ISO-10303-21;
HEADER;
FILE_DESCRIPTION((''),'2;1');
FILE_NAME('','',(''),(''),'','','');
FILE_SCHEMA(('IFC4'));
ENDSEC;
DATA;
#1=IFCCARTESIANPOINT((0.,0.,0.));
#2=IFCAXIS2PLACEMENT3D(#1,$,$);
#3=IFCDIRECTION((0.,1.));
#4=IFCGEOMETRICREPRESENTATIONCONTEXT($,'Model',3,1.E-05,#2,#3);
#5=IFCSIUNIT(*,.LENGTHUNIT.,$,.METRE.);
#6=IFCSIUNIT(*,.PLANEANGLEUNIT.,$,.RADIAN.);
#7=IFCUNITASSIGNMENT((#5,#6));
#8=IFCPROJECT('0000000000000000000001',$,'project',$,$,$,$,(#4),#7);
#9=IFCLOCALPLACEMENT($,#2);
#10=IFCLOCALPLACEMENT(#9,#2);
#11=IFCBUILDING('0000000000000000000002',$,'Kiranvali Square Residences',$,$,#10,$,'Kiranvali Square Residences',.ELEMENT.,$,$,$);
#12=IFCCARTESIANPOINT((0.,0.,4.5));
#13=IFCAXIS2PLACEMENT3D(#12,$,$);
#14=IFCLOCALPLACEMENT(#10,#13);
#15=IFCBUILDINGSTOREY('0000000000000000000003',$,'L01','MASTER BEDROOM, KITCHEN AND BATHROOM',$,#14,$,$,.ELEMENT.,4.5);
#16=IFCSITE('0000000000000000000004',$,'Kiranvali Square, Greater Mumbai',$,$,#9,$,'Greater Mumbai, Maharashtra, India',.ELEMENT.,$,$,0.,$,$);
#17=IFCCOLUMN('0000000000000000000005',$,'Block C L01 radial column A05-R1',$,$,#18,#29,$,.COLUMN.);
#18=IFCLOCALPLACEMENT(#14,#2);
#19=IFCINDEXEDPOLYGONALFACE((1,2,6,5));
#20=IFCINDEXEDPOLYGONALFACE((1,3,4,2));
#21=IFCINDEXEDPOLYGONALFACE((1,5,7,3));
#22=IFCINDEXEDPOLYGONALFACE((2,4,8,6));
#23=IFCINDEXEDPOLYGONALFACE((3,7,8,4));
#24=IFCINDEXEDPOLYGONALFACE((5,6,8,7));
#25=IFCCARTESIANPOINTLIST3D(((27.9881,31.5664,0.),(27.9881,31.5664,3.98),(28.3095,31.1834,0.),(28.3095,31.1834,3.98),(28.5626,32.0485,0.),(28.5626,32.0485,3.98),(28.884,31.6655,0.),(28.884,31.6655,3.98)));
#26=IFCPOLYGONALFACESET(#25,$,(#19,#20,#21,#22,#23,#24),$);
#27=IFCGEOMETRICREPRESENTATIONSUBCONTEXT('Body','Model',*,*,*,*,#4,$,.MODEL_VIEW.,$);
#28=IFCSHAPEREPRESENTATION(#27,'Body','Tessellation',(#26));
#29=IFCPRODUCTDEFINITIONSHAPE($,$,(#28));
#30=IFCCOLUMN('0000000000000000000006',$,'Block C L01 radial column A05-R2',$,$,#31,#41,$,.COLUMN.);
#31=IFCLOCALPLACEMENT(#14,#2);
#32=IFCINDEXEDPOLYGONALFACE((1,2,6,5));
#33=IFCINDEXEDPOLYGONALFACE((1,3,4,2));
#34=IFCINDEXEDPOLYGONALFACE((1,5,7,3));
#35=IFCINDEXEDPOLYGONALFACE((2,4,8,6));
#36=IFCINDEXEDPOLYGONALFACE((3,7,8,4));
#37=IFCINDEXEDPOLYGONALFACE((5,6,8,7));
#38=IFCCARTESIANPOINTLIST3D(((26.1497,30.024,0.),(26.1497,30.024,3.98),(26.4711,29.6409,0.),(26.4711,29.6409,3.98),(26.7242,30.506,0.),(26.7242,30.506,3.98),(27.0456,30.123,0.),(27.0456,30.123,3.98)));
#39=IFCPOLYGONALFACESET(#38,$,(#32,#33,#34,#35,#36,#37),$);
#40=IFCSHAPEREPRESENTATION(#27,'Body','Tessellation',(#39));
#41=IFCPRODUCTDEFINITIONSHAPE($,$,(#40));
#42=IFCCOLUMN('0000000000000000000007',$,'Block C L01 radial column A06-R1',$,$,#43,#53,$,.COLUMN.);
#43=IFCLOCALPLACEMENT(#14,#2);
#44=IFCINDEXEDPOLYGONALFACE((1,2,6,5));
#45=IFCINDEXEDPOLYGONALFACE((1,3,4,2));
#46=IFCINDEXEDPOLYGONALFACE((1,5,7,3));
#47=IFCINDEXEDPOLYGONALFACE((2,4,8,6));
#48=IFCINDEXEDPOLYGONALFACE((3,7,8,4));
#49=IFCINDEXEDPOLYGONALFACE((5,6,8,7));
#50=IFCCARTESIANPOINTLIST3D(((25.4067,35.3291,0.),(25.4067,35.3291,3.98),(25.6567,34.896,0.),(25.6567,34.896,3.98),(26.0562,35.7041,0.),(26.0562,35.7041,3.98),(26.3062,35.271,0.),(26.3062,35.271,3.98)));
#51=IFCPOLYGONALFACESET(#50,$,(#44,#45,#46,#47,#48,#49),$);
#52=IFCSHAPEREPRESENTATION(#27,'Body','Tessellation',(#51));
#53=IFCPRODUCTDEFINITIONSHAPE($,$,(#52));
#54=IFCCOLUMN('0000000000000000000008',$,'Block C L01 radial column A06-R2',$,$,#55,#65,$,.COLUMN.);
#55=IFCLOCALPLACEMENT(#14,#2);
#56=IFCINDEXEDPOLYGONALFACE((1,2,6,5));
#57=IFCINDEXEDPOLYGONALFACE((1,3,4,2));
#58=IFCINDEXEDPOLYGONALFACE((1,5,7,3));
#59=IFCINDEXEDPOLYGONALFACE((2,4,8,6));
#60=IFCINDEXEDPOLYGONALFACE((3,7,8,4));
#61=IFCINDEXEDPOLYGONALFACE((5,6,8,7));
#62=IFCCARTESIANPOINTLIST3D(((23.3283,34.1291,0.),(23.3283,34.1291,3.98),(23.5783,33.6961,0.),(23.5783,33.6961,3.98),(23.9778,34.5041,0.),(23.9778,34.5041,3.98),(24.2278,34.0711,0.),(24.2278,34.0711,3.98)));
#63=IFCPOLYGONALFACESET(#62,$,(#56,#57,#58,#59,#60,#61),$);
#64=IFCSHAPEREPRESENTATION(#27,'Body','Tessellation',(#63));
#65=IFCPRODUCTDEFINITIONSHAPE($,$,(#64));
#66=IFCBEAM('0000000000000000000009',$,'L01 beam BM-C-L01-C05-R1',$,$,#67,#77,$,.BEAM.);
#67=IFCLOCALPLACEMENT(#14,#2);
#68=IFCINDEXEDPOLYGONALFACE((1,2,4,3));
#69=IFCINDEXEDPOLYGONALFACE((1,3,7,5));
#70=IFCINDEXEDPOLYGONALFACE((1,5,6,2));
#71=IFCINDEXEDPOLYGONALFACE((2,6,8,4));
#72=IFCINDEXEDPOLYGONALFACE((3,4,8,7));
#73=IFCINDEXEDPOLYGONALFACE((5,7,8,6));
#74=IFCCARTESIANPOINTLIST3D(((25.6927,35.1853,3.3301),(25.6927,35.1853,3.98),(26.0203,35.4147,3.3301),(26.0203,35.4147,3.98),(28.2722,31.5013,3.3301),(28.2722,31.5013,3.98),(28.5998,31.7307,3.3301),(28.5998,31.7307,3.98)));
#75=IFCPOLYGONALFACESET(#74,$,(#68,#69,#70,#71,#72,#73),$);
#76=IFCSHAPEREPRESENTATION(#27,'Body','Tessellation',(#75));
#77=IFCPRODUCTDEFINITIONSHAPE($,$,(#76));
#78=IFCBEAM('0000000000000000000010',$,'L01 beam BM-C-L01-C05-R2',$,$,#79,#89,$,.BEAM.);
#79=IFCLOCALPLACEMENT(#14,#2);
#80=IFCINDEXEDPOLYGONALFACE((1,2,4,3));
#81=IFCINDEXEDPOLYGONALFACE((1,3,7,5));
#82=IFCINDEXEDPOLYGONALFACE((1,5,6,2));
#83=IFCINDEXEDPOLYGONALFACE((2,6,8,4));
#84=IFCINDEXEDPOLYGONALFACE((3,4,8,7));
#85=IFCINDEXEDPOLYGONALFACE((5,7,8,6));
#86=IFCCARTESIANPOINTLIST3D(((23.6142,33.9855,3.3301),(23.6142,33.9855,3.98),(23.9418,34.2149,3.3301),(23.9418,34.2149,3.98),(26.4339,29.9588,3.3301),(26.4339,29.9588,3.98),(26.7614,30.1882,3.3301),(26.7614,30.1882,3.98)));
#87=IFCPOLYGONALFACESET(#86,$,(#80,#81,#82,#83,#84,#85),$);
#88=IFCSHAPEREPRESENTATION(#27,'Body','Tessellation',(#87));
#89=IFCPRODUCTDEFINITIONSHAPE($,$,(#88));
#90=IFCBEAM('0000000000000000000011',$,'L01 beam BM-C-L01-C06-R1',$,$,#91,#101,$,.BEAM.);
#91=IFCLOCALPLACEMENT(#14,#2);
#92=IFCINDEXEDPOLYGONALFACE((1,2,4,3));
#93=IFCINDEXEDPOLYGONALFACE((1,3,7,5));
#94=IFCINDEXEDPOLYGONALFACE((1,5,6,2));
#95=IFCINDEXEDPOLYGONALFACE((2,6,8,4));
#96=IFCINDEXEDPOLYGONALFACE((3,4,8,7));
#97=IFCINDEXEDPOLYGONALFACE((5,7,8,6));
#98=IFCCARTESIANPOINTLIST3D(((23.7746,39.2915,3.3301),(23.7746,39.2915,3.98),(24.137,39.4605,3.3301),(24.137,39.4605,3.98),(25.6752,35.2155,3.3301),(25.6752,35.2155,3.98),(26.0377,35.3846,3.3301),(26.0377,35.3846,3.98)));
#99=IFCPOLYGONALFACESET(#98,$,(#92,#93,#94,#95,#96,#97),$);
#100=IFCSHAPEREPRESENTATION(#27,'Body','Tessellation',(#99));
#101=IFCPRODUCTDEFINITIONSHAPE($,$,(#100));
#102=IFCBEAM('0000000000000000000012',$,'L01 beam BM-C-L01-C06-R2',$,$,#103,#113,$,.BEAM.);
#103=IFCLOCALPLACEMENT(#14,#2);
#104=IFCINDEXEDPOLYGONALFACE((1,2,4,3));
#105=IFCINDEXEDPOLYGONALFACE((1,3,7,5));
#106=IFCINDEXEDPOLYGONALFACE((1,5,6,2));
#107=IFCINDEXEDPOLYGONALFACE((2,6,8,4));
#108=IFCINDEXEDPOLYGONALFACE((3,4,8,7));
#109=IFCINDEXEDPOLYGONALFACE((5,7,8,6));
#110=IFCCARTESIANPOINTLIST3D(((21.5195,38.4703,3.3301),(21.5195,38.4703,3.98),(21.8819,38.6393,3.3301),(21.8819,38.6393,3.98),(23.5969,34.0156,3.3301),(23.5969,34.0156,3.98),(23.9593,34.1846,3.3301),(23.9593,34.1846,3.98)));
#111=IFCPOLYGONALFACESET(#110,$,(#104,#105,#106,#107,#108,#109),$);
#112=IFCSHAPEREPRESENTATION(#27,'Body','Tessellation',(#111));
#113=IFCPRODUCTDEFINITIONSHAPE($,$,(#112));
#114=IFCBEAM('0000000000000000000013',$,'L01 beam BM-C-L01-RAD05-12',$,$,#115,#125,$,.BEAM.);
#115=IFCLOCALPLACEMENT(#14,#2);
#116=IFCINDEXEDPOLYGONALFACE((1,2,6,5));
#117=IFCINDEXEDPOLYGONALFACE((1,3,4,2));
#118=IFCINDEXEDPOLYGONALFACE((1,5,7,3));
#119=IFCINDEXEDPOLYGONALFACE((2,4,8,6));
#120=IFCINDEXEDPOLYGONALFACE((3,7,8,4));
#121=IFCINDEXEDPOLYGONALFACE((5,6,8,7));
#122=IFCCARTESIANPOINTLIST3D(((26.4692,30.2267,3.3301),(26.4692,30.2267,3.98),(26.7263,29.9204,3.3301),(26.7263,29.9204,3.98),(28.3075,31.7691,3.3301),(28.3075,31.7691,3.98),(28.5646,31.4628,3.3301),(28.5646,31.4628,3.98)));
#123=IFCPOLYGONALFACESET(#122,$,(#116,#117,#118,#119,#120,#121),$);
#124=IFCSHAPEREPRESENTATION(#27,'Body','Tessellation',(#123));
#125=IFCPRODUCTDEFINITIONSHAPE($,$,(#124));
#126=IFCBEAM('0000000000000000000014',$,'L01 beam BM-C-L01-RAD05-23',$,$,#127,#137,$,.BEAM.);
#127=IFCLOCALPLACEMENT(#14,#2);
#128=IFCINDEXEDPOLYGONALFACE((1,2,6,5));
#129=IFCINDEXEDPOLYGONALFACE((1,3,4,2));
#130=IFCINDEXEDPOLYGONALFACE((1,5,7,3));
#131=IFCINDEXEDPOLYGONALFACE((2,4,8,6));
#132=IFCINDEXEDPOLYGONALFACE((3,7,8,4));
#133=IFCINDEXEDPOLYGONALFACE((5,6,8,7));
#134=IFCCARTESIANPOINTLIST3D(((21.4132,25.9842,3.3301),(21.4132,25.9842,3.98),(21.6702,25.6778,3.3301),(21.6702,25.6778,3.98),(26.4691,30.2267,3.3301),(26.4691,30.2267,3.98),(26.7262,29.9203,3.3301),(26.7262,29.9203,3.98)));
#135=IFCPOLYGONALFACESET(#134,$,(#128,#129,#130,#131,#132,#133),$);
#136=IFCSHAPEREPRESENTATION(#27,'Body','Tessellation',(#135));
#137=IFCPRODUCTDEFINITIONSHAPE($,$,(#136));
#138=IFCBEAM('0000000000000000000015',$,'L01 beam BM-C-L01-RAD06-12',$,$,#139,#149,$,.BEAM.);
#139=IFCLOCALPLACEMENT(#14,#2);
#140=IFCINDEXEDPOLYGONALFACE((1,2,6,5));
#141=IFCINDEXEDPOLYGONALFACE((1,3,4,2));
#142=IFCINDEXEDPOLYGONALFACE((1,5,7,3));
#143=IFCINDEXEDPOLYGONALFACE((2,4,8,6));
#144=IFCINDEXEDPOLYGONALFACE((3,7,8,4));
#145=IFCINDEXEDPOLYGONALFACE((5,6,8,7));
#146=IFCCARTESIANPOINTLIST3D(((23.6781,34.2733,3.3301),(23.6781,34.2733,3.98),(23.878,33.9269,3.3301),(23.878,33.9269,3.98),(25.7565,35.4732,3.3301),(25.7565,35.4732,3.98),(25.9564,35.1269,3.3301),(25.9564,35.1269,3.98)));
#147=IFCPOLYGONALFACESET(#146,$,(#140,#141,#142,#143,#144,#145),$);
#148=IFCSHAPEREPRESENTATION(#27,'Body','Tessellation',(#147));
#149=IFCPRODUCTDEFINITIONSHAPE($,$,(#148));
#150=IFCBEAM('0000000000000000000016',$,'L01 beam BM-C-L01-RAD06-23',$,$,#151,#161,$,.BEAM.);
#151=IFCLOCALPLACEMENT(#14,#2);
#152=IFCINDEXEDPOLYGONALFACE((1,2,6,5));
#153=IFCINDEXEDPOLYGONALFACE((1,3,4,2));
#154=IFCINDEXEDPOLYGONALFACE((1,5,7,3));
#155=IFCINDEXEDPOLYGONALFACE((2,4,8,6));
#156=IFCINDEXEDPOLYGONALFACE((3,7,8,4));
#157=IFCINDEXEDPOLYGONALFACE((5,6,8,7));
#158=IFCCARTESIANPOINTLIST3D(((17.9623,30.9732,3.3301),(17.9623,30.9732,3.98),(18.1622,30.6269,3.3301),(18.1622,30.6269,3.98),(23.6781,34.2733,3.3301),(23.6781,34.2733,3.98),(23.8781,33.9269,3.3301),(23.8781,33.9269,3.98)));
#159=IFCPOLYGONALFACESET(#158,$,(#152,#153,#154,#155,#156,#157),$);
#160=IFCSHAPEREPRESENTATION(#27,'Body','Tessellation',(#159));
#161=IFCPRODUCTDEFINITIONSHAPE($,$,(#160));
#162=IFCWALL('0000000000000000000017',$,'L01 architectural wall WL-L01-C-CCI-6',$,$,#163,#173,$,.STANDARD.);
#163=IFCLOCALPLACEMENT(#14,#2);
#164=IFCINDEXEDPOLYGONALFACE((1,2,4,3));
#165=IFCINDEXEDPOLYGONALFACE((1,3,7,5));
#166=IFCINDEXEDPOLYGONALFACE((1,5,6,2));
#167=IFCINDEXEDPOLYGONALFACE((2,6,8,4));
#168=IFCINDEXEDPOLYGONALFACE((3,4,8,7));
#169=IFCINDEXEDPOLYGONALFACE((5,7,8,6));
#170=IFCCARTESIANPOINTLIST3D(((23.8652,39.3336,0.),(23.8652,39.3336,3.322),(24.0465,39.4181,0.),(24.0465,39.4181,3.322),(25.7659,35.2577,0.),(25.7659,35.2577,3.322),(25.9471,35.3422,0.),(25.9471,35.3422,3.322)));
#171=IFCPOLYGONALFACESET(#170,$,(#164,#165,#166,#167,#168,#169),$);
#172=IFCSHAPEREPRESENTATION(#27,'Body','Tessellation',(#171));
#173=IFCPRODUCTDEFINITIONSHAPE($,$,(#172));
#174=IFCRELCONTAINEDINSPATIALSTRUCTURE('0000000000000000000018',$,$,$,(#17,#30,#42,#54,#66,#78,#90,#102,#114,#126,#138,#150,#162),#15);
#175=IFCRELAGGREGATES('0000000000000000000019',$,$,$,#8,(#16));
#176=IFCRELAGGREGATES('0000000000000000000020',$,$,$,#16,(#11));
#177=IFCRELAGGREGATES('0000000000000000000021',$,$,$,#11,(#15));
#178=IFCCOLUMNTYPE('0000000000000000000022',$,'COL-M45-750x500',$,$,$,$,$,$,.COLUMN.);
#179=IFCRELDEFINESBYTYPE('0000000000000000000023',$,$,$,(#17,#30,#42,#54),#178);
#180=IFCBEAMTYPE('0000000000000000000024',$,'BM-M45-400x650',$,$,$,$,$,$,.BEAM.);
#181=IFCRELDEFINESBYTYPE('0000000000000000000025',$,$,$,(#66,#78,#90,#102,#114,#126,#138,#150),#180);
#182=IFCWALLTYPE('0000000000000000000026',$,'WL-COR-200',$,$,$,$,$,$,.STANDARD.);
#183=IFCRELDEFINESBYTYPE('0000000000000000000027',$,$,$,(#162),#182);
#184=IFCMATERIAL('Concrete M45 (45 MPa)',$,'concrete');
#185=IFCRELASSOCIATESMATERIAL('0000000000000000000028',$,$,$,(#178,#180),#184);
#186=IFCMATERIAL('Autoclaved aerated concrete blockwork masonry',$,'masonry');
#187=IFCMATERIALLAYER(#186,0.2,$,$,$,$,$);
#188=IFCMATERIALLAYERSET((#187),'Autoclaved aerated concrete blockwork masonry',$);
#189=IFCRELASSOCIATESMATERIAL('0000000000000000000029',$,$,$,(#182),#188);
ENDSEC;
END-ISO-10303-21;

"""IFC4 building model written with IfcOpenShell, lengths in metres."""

from ifc_helpers import new_model, si_unit, direction, frame, frame_2d, origin, origin_2d, place, context, subcontext, project, spatial, rectangle, extrude, material, layer, layer_set, material_profile, profile_set, type_object, element, save


model = new_model("IFC4")

# Units and contexts
model_context = context("Model", 3, precision=1e-05, world=origin(), true_north=direction((0.0, 1.0)))
body_context = subcontext(model_context, "Body", "Model", "MODEL_VIEW")
ifc_project = project(units=[si_unit("LENGTHUNIT", "METRE"), si_unit("PLANEANGLEUNIT", "RADIAN")], contexts=[model_context])

# Site, building, storey
site_placement = place(None, origin())
site = spatial("IfcSite", under=ifc_project, at=site_placement, Name="Kiranvali Square, Greater Mumbai", LongName="Greater Mumbai, Maharashtra, India", CompositionType="ELEMENT", RefElevation=0.0)
building_placement = place(site_placement, origin())
building = spatial("IfcBuilding", under=site, at=building_placement, Name="Kiranvali Square Residences", LongName="Kiranvali Square Residences", CompositionType="ELEMENT")
storey_placement = place(building_placement, frame((0.0, 0.0, 4.5)))
storey = spatial("IfcBuildingStorey", under=building, at=storey_placement, Name="L01", Description="MASTER BEDROOM, KITCHEN AND BATHROOM", CompositionType="ELEMENT", Elevation=4.5)

# Columns
ifc_material_1 = material(Name="Concrete M45 (45 MPa)", Category="concrete")
ifc_material_profile_1 = material_profile(ifc_material_1, rectangle(XDim=0.5, YDim=0.75, at=origin_2d()), Name="RC 750x500")
ifc_profile_set_1 = profile_set([ifc_material_profile_1], Name="Concrete M45 (45 MPa)")
column_type = type_object("IfcColumnType", Name="COL-M45-750x500", PredefinedType="COLUMN", material=ifc_profile_set_1)
for number, where, z_axis, x_axis, name in (
    (1, (28.436, 31.616, 0.0), (0.0, 0.0, 1.0), (-0.642788, 0.766044, 0.0), "Block C L01 radial column A05-R1"),
    (2, (26.5977, 30.0735, 0.0), (0.0, 0.0, 1.0), (-0.642788, 0.766044, 0.0), "Block C L01 radial column A05-R2"),
    (3, (25.8564, 35.3, 0.0), (0.0, 0.0, 1.0), (-0.5, 0.866025, 0.0), "Block C L01 radial column A06-R1"),
    (4, (23.7781, 34.1001, 0.0), (0.0, 0.0, 1.0), (-0.5, 0.866025, 0.0), "Block C L01 radial column A06-R2"),
):
    element("IfcColumn", number, at=place(storey_placement, frame(where, z_axis=z_axis, x_axis=x_axis)), inside=storey, type_object=column_type, Name=name, PredefinedType="COLUMN", context=body_context, shape_type="SweptSolid", body=[
        extrude(rectangle(XDim=0.5, YDim=0.75, at=origin_2d()), origin(), (0.0, 0.0, 1.0), 3.98),
    ])

# Beams
ifc_material_profile_2 = material_profile(ifc_material_1, rectangle(XDim=0.3999, YDim=0.6499, at=origin_2d()), Name="RC 400x650")
ifc_profile_set_2 = profile_set([ifc_material_profile_2], Name="Concrete M45 (45 MPa)")
beam_type = type_object("IfcBeamType", Name="BM-M45-400x650", PredefinedType="BEAM", material=ifc_profile_set_2)
beam_1_placement = place(storey_placement, frame((28.436, 31.616, 3.655), z_axis=(-0.573572, 0.819155, 0.0), x_axis=(-0.819155, -0.573572, 0.0)))
element("IfcBeam", 5, at=beam_1_placement, inside=storey, type_object=beam_type, Name="L01 beam BM-C-L01-C05-R1", PredefinedType="BEAM", context=body_context, shape_type="SweptSolid", body=[
    extrude(rectangle(XDim=0.3999, YDim=0.6499, at=origin_2d()), origin(), (0.0, 0.0, 1.0), 4.4973),
])
beam_2_placement = place(storey_placement, frame((26.5977, 30.0735, 3.655), z_axis=(-0.573592, 0.819141, 0.0), x_axis=(-0.819141, -0.573592, 0.0)))
element("IfcBeam", 6, at=beam_2_placement, inside=storey, type_object=beam_type, Name="L01 beam BM-C-L01-C05-R2", PredefinedType="BEAM", context=body_context, shape_type="SweptSolid", body=[
    extrude(rectangle(XDim=0.3999, YDim=0.6499, at=origin_2d()), origin(), (0.0, 0.0, 1.0), 4.9158),
])
beam_3_placement = place(storey_placement, frame((25.8564, 35.3, 3.655), z_axis=(-0.422618, 0.906308, 0.0), x_axis=(-0.906308, -0.422618, 0.0)))
element("IfcBeam", 7, at=beam_3_placement, inside=storey, type_object=beam_type, Name="L01 beam BM-C-L01-C06-R1", PredefinedType="BEAM", context=body_context, shape_type="SweptSolid", body=[
    extrude(rectangle(XDim=0.3999, YDim=0.6499, at=origin_2d()), origin(), (0.0, 0.0, 1.0), 4.4973),
])
beam_4_placement = place(storey_placement, frame((23.7781, 34.1001, 3.655), z_axis=(-0.42263, 0.906302, 0.0), x_axis=(-0.906302, -0.42263, 0.0)))
element("IfcBeam", 8, at=beam_4_placement, inside=storey, type_object=beam_type, Name="L01 beam BM-C-L01-C06-R2", PredefinedType="BEAM", context=body_context, shape_type="SweptSolid", body=[
    extrude(rectangle(XDim=0.3999, YDim=0.6499, at=origin_2d()), origin(), (0.0, 0.0, 1.0), 4.9153),
])
beam_5_placement = place(storey_placement, frame((28.436, 31.616, 3.655), z_axis=(-0.766065, -0.642763, 0.0), x_axis=(0.642763, -0.766065, 0.0)))
element("IfcBeam", 9, at=beam_5_placement, inside=storey, type_object=beam_type, Name="L01 beam BM-C-L01-RAD05-12", PredefinedType="BEAM", context=body_context, shape_type="SweptSolid", body=[
    extrude(rectangle(XDim=0.3999, YDim=0.6499, at=origin_2d()), origin(), (0.0, 0.0, 1.0), 2.3997),
])
beam_6_placement = place(storey_placement, frame((26.5977, 30.0735, 3.655), z_axis=(-0.766043, -0.642789, 0.0), x_axis=(0.642789, -0.766043, 0.0)))
element("IfcBeam", 10, at=beam_6_placement, inside=storey, type_object=beam_type, Name="L01 beam BM-C-L01-RAD05-23", PredefinedType="BEAM", context=body_context, shape_type="SweptSolid", body=[
    extrude(rectangle(XDim=0.3999, YDim=0.6499, at=origin_2d()), origin(), (0.0, 0.0, 1.0), 6.6001),
])
beam_7_placement = place(storey_placement, frame((25.8564, 35.3, 3.655), z_axis=(-0.866025, -0.500001, 0.0), x_axis=(0.500001, -0.866025, 0.0)))
element("IfcBeam", 11, at=beam_7_placement, inside=storey, type_object=beam_type, Name="L01 beam BM-C-L01-RAD06-12", PredefinedType="BEAM", context=body_context, shape_type="SweptSolid", body=[
    extrude(rectangle(XDim=0.3999, YDim=0.6499, at=origin_2d()), origin(), (0.0, 0.0, 1.0), 2.3999),
])
beam_8_placement = place(storey_placement, frame((23.7781, 34.1001, 3.655), z_axis=(-0.866024, -0.500002, 0.0), x_axis=(0.500002, -0.866024, 0.0)))
element("IfcBeam", 12, at=beam_8_placement, inside=storey, type_object=beam_type, Name="L01 beam BM-C-L01-RAD06-23", PredefinedType="BEAM", context=body_context, shape_type="SweptSolid", body=[
    extrude(rectangle(XDim=0.3999, YDim=0.6499, at=origin_2d()), origin(), (0.0, 0.0, 1.0), 6.6001),
])

# Shared definitions
ifc_material_2 = material(Name="Autoclaved aerated concrete blockwork masonry", Category="masonry")
ifc_layer = layer(ifc_material_2, 0.2)
ifc_layer_set = layer_set([ifc_layer], Name="Autoclaved aerated concrete blockwork masonry")
wall_type = type_object("IfcWallType", Name="WL-COR-200", PredefinedType="STANDARD", material=ifc_layer_set)

# Wall
wall_1_placement = place(storey_placement, frame((25.8564, 35.3, 0.0), z_axis=(0.0, 0.0, 1.0), x_axis=(-0.422618, 0.906308, 0.0)))
element("IfcWall", 13, at=wall_1_placement, inside=storey, type_object=wall_type, Name="L01 architectural wall WL-L01-C-CCI-6", PredefinedType="STANDARD", context=body_context, shape_type="SweptSolid", body=[
    extrude(rectangle(XDim=4.4973, YDim=0.2, at=frame_2d((2.2485, 0.0))), origin(), (0.0, 0.0, 1.0), 3.322),
])

save(model, "model.ifc")
